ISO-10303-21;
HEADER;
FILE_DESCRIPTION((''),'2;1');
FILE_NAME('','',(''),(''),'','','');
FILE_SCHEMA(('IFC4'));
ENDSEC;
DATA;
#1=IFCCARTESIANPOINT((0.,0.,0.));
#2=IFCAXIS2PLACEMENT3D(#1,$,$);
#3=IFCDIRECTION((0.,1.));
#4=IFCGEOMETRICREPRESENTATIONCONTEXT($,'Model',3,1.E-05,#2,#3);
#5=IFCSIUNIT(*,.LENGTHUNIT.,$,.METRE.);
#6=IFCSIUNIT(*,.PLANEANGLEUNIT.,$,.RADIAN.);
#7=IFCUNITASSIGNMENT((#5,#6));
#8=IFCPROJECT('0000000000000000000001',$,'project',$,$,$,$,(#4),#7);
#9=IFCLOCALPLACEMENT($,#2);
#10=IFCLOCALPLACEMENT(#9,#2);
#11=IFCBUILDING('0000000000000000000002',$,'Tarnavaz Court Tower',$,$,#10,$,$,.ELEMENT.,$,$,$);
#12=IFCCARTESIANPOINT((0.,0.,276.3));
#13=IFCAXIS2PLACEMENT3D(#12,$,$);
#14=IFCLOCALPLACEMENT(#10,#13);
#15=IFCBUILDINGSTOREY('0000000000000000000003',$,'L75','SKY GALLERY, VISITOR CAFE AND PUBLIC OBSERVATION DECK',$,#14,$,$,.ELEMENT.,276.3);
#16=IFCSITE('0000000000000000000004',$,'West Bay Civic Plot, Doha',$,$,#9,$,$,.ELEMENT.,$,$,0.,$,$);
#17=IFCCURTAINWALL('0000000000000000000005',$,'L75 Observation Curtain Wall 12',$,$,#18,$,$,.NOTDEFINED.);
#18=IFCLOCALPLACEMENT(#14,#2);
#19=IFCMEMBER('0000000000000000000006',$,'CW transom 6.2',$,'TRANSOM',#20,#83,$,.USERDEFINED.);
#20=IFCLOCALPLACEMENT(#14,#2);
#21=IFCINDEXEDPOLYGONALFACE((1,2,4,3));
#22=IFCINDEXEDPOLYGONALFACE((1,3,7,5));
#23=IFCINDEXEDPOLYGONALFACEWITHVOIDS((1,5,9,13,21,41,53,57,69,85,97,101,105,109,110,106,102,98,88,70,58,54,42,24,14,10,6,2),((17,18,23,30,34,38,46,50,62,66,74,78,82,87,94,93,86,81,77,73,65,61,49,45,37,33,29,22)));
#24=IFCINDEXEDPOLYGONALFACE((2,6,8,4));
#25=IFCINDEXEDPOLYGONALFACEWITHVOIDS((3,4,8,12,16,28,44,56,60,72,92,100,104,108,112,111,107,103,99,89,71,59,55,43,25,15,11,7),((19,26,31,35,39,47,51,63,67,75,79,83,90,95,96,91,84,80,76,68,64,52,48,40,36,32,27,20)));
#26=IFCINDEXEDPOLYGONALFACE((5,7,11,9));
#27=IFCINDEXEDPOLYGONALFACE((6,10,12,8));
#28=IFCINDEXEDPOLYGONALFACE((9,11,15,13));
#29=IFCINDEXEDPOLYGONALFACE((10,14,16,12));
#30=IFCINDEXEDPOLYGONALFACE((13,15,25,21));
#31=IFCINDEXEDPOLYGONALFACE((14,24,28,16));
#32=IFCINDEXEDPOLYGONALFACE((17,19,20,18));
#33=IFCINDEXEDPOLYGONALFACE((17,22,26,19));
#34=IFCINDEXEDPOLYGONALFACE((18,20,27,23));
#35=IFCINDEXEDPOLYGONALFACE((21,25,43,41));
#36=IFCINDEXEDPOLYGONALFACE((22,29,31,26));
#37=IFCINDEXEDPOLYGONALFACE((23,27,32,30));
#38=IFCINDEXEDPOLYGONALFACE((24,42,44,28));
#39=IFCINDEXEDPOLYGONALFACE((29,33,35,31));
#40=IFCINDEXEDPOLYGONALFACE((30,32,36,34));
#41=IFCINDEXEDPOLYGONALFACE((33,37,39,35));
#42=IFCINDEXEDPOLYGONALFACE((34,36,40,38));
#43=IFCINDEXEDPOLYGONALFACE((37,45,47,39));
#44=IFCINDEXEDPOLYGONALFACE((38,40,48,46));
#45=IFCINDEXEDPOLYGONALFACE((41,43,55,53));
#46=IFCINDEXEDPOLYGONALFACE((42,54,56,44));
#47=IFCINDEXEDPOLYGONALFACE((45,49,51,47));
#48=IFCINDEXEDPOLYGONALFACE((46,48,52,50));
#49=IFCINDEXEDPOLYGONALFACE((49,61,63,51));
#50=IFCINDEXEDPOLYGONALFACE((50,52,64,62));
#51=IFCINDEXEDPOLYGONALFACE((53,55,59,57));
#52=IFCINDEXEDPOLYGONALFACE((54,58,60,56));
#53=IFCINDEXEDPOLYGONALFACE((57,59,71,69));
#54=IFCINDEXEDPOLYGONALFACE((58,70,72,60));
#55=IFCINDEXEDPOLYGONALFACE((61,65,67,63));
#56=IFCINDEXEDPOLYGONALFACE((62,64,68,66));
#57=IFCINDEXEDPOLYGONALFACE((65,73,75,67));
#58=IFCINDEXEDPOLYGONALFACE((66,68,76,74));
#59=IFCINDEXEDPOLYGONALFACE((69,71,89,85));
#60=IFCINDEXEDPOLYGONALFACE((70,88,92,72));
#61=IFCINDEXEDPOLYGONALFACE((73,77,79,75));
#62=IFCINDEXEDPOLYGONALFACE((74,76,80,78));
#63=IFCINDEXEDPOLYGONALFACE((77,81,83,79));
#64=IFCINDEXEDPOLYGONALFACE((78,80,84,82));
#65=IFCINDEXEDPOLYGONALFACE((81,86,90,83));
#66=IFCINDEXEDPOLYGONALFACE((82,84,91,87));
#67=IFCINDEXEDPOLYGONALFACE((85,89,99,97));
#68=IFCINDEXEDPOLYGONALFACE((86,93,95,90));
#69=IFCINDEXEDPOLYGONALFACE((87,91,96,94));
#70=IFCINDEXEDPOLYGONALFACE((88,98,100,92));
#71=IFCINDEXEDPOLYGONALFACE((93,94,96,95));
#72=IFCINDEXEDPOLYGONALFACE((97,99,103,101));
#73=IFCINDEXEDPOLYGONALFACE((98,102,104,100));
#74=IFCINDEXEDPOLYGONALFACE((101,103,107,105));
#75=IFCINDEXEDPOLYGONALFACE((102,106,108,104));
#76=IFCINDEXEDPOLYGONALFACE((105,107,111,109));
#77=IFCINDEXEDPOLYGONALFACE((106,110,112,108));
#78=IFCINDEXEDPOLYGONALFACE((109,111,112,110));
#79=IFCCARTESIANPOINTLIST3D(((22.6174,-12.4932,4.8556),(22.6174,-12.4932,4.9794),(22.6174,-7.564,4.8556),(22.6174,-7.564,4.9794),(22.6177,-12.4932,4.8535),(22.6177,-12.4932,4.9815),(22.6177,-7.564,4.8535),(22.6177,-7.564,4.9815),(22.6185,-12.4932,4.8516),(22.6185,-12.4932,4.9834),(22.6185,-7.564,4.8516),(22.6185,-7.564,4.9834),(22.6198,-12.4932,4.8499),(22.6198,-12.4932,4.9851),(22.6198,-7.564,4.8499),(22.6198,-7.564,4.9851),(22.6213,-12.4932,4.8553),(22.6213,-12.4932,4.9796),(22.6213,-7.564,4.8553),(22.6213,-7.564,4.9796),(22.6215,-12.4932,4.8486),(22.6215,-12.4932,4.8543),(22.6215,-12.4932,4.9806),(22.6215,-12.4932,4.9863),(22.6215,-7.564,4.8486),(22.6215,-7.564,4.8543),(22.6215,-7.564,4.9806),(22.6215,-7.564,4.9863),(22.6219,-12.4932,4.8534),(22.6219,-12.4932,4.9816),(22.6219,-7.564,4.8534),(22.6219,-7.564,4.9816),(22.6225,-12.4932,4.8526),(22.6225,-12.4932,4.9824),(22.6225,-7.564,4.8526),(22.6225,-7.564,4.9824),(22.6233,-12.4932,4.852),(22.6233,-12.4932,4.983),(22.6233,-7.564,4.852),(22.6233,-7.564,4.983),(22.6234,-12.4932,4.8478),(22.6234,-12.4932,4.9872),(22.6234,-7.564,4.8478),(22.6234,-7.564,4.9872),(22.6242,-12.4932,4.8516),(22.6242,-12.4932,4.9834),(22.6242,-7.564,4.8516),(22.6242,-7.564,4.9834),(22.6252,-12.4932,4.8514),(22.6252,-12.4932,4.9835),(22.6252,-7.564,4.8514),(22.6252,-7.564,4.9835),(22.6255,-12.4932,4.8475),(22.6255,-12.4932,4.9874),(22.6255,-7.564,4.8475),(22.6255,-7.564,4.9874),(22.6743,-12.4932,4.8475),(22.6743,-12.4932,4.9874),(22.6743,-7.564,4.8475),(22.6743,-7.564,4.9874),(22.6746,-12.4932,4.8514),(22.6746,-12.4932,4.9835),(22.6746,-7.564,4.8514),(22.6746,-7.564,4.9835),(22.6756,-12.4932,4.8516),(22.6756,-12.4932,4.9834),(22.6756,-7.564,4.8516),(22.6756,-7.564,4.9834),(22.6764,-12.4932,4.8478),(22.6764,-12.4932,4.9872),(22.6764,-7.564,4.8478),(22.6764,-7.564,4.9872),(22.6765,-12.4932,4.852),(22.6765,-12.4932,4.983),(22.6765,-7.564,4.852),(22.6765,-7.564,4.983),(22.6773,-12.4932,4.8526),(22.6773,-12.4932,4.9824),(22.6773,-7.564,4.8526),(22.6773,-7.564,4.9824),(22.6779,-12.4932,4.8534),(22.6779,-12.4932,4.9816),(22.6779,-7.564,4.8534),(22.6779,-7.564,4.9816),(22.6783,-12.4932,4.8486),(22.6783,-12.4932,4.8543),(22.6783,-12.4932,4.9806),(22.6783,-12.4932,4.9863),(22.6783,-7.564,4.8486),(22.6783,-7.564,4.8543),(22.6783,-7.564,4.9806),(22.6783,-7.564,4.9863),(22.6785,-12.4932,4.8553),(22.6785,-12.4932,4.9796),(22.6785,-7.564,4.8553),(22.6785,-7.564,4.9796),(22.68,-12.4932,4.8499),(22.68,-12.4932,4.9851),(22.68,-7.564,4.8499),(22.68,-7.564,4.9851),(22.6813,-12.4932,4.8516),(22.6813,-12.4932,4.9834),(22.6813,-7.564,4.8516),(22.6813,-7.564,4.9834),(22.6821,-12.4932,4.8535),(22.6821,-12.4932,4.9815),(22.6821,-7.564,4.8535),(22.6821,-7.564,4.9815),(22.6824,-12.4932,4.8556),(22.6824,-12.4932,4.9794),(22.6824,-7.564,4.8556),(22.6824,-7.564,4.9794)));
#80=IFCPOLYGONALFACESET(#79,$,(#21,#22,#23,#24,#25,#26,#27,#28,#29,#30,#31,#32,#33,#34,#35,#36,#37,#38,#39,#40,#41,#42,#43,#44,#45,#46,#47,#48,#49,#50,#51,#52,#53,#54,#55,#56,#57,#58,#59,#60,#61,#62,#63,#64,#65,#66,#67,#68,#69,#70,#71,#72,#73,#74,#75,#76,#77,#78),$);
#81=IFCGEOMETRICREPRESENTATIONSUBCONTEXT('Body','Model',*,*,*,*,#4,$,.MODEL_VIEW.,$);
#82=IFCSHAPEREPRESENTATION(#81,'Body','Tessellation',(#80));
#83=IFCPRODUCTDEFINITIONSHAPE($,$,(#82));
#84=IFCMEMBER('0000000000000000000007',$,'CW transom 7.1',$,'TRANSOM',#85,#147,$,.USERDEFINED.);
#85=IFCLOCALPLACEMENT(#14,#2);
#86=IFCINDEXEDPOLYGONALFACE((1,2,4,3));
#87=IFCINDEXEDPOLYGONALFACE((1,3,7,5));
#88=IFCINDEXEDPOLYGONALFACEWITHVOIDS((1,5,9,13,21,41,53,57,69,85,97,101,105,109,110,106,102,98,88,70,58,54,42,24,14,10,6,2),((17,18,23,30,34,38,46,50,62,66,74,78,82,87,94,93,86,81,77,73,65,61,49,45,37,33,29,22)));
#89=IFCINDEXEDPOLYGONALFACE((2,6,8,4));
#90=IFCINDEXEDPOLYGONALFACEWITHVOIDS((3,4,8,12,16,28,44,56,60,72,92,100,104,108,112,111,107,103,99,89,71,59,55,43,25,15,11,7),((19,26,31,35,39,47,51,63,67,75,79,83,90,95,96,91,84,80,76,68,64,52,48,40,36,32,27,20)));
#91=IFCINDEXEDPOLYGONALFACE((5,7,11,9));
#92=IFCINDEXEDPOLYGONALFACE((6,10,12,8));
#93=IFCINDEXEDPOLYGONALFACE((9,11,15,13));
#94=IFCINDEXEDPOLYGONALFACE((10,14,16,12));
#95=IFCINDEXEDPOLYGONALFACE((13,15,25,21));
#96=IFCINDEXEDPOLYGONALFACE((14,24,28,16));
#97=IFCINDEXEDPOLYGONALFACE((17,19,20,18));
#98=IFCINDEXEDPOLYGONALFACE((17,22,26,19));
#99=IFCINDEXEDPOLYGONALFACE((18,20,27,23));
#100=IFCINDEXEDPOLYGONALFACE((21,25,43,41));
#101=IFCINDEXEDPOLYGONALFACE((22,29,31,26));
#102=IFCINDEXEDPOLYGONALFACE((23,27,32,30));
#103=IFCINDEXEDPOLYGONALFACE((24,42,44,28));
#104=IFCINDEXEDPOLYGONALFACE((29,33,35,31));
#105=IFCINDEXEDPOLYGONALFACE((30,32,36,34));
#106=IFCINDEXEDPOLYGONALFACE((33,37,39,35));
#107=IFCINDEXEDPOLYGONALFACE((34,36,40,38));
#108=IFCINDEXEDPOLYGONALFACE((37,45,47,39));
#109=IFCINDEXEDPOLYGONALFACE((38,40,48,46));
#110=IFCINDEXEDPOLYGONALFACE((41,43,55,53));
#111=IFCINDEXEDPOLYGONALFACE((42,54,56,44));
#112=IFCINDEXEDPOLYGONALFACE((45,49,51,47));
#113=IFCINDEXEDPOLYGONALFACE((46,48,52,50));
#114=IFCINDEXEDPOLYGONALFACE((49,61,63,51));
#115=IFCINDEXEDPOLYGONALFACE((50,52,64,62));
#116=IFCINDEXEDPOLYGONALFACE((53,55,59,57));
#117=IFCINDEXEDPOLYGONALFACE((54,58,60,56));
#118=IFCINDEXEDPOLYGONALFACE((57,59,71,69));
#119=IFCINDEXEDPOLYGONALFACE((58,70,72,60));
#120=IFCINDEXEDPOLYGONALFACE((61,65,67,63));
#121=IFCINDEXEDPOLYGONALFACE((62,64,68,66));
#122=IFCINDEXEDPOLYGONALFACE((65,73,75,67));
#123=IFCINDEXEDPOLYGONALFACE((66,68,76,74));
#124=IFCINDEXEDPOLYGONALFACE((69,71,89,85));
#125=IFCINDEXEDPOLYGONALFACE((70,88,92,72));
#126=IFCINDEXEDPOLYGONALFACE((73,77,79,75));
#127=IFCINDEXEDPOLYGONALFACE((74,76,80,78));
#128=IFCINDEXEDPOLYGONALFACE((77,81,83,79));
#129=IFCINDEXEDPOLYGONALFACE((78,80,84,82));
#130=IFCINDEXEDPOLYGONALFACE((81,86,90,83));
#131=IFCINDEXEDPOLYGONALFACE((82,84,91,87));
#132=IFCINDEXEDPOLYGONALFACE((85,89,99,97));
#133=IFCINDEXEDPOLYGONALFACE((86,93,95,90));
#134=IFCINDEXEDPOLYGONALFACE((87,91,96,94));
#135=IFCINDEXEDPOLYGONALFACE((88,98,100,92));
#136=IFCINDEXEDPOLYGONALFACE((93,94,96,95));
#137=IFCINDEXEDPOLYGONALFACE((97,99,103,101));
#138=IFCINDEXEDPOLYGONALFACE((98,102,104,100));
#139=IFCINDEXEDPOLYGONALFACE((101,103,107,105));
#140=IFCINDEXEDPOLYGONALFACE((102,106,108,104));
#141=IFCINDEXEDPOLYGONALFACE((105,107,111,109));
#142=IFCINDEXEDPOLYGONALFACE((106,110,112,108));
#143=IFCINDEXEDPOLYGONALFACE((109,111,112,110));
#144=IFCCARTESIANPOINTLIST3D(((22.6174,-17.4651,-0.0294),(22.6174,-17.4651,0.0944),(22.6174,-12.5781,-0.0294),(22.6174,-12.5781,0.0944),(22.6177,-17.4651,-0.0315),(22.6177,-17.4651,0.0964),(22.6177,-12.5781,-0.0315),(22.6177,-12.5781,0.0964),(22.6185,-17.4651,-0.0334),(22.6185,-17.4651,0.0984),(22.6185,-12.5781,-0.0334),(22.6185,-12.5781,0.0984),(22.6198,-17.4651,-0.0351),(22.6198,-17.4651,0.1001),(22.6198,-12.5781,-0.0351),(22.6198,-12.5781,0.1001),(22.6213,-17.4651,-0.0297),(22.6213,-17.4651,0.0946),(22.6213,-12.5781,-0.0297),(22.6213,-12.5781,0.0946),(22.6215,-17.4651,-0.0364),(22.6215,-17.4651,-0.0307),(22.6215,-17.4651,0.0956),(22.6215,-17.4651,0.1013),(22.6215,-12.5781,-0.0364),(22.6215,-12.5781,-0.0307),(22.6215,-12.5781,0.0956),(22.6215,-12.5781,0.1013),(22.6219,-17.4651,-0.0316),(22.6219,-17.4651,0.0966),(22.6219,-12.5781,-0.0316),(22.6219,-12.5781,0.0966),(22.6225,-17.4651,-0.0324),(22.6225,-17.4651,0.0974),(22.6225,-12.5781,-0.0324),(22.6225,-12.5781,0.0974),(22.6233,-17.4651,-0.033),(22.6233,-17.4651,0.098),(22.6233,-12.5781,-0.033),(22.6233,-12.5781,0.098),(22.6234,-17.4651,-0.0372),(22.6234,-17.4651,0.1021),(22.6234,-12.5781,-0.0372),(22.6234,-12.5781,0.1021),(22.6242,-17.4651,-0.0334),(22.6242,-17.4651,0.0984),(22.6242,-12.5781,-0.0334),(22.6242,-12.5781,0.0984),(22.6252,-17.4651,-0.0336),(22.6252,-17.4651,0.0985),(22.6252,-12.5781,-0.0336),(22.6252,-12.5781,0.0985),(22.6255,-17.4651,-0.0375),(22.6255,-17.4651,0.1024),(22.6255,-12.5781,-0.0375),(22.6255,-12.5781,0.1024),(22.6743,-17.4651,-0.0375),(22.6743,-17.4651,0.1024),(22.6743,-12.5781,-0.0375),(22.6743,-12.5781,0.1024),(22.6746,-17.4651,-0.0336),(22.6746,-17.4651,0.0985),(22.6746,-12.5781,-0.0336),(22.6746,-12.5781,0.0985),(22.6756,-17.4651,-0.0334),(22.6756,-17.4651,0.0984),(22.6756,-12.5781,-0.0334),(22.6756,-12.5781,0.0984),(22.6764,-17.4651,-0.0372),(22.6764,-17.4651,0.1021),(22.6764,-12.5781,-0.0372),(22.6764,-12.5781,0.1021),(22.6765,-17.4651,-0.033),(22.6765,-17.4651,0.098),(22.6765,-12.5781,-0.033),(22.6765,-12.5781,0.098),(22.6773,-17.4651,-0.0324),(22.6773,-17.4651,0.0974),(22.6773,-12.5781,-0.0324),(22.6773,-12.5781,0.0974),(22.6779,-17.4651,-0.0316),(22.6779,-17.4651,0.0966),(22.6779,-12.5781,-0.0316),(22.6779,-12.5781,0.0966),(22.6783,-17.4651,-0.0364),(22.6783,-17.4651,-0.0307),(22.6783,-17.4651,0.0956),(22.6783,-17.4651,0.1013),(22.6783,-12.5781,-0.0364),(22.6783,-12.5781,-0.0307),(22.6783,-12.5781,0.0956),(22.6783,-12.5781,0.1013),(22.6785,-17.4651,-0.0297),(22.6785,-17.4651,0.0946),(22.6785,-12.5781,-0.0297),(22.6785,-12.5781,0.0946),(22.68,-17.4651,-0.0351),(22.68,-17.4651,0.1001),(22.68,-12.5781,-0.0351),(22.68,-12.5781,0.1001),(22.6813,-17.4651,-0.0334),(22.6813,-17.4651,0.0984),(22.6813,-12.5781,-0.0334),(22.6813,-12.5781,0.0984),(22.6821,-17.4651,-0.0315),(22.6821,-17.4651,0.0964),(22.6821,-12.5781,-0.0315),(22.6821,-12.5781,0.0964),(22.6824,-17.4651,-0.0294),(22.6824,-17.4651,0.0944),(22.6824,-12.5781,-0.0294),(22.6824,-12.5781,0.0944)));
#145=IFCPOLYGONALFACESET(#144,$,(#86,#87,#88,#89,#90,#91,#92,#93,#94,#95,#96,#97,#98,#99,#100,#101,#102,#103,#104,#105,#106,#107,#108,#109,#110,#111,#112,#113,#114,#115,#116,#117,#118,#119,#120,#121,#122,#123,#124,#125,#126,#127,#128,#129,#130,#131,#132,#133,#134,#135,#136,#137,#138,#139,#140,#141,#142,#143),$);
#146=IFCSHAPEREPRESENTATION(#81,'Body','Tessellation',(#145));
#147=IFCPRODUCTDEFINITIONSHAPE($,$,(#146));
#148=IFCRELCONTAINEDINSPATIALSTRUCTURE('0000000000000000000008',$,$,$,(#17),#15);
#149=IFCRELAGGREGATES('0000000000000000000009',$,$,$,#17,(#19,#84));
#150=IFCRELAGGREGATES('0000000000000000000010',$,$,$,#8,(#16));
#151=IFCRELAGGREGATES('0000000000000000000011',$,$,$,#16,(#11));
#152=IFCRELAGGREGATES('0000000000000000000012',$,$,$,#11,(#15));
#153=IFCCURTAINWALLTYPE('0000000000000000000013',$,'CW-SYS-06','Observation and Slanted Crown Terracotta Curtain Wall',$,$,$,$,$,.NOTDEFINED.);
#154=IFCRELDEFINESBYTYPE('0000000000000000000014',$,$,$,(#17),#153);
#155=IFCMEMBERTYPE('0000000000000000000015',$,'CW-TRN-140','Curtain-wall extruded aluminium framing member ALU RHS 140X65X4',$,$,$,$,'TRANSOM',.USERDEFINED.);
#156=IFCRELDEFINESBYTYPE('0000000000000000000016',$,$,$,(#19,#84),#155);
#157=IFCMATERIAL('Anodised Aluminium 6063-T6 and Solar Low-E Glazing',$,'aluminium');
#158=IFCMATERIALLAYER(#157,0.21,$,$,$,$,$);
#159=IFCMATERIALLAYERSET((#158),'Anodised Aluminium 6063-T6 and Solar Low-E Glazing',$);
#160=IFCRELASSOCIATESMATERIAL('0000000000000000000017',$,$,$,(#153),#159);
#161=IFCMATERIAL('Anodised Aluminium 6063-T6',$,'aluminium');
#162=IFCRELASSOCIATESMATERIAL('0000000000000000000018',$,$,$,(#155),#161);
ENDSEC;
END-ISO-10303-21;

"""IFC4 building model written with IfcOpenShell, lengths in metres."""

from ifc_helpers import new_model, si_unit, direction, frame, origin, origin_2d, place, context, subcontext, project, spatial, hollow_rectangle, extrude, material, layer, layer_set, material_profile, profile_set, type_object, element, aggregate, save


model = new_model("IFC4")

# Units and contexts
model_context = context("Model", 3, precision=1e-05, world=origin(), true_north=direction((0.0, 1.0)))
body_context = subcontext(model_context, "Body", "Model", "MODEL_VIEW")
ifc_project = project(units=[si_unit("LENGTHUNIT", "METRE"), si_unit("PLANEANGLEUNIT", "RADIAN")], contexts=[model_context])

# Site, building, storey
site_placement = place(None, origin())
site = spatial("IfcSite", under=ifc_project, at=site_placement, Name="West Bay Civic Plot, Doha", CompositionType="ELEMENT", RefElevation=0.0)
building_placement = place(site_placement, origin())
building = spatial("IfcBuilding", under=site, at=building_placement, Name="Tarnavaz Court Tower", CompositionType="ELEMENT")
storey_placement = place(building_placement, frame((0.0, 0.0, 276.3)))
storey = spatial("IfcBuildingStorey", under=building, at=storey_placement, Name="L75", Description="SKY GALLERY, VISITOR CAFE AND PUBLIC OBSERVATION DECK", CompositionType="ELEMENT", Elevation=276.3)

# Curtain wall, members
ifc_material_1 = material(Name="Anodised Aluminium 6063-T6 and Solar Low-E Glazing", Category="aluminium")
ifc_layer_1 = layer(ifc_material_1, 0.21)
ifc_layer_set_1 = layer_set([ifc_layer_1], Name="Anodised Aluminium 6063-T6 and Solar Low-E Glazing")
curtain_wall_type = type_object("IfcCurtainWallType", Name="CW-SYS-06", Description="Observation and Slanted Crown Terracotta Curtain Wall", PredefinedType="NOTDEFINED", material=ifc_layer_set_1)
curtain_wall_placement = place(storey_placement, origin())
curtain_wall = element("IfcCurtainWall", 1, at=curtain_wall_placement, inside=storey, type_object=curtain_wall_type, Name="L75 Observation Curtain Wall 12", PredefinedType="NOTDEFINED")
ifc_material_2 = material(Name="Anodised Aluminium 6063-T6", Category="aluminium")
ifc_material_profile_1 = material_profile(ifc_material_2, hollow_rectangle(XDim=0.0649, YDim=0.1399, WallThickness=0.0039, InnerFilletRadius=0.0039, OuterFilletRadius=0.0081, at=origin_2d()), Name="ALU RHS 140X65X4")
ifc_profile_set_1 = profile_set([ifc_material_profile_1], Name="Anodised Aluminium 6063-T6")
member_type_1 = type_object("IfcMemberType", Name="CW-TRN-140", Description="Curtain-wall extruded aluminium framing member ALU RHS 140X65X4", ElementType="TRANSOM", PredefinedType="USERDEFINED", material=ifc_profile_set_1)
member_1_placement = place(storey_placement, frame((22.6499, -7.564, 4.9175), z_axis=(0.0, -1.0, 0.0), x_axis=(1.0, 0.0, 0.0)))
member_1 = element("IfcMember", 2, at=member_1_placement, type_object=member_type_1, Name="CW transom 6.2", ObjectType="TRANSOM", PredefinedType="USERDEFINED", context=body_context, shape_type="SweptSolid", body=[
    extrude(hollow_rectangle(XDim=0.0649, YDim=0.1399, WallThickness=0.0039, InnerFilletRadius=0.0039, OuterFilletRadius=0.0081, at=origin_2d()), origin(), (0.0, 0.0, 1.0), 4.9292),
])
member_2_placement = place(storey_placement, frame((22.6499, -12.5781, 0.0325), z_axis=(0.0, -1.0, 0.0), x_axis=(1.0, 0.0, 0.0)))
member_2 = element("IfcMember", 3, at=member_2_placement, type_object=member_type_1, Name="CW transom 7.1", ObjectType="TRANSOM", PredefinedType="USERDEFINED", context=body_context, shape_type="SweptSolid", body=[
    extrude(hollow_rectangle(XDim=0.0649, YDim=0.1399, WallThickness=0.0039, InnerFilletRadius=0.0039, OuterFilletRadius=0.0081, at=origin_2d()), origin(), (0.0, 0.0, 1.0), 4.887),
])
aggregate(curtain_wall, [member_1, member_2])

save(model, "model.ifc")
